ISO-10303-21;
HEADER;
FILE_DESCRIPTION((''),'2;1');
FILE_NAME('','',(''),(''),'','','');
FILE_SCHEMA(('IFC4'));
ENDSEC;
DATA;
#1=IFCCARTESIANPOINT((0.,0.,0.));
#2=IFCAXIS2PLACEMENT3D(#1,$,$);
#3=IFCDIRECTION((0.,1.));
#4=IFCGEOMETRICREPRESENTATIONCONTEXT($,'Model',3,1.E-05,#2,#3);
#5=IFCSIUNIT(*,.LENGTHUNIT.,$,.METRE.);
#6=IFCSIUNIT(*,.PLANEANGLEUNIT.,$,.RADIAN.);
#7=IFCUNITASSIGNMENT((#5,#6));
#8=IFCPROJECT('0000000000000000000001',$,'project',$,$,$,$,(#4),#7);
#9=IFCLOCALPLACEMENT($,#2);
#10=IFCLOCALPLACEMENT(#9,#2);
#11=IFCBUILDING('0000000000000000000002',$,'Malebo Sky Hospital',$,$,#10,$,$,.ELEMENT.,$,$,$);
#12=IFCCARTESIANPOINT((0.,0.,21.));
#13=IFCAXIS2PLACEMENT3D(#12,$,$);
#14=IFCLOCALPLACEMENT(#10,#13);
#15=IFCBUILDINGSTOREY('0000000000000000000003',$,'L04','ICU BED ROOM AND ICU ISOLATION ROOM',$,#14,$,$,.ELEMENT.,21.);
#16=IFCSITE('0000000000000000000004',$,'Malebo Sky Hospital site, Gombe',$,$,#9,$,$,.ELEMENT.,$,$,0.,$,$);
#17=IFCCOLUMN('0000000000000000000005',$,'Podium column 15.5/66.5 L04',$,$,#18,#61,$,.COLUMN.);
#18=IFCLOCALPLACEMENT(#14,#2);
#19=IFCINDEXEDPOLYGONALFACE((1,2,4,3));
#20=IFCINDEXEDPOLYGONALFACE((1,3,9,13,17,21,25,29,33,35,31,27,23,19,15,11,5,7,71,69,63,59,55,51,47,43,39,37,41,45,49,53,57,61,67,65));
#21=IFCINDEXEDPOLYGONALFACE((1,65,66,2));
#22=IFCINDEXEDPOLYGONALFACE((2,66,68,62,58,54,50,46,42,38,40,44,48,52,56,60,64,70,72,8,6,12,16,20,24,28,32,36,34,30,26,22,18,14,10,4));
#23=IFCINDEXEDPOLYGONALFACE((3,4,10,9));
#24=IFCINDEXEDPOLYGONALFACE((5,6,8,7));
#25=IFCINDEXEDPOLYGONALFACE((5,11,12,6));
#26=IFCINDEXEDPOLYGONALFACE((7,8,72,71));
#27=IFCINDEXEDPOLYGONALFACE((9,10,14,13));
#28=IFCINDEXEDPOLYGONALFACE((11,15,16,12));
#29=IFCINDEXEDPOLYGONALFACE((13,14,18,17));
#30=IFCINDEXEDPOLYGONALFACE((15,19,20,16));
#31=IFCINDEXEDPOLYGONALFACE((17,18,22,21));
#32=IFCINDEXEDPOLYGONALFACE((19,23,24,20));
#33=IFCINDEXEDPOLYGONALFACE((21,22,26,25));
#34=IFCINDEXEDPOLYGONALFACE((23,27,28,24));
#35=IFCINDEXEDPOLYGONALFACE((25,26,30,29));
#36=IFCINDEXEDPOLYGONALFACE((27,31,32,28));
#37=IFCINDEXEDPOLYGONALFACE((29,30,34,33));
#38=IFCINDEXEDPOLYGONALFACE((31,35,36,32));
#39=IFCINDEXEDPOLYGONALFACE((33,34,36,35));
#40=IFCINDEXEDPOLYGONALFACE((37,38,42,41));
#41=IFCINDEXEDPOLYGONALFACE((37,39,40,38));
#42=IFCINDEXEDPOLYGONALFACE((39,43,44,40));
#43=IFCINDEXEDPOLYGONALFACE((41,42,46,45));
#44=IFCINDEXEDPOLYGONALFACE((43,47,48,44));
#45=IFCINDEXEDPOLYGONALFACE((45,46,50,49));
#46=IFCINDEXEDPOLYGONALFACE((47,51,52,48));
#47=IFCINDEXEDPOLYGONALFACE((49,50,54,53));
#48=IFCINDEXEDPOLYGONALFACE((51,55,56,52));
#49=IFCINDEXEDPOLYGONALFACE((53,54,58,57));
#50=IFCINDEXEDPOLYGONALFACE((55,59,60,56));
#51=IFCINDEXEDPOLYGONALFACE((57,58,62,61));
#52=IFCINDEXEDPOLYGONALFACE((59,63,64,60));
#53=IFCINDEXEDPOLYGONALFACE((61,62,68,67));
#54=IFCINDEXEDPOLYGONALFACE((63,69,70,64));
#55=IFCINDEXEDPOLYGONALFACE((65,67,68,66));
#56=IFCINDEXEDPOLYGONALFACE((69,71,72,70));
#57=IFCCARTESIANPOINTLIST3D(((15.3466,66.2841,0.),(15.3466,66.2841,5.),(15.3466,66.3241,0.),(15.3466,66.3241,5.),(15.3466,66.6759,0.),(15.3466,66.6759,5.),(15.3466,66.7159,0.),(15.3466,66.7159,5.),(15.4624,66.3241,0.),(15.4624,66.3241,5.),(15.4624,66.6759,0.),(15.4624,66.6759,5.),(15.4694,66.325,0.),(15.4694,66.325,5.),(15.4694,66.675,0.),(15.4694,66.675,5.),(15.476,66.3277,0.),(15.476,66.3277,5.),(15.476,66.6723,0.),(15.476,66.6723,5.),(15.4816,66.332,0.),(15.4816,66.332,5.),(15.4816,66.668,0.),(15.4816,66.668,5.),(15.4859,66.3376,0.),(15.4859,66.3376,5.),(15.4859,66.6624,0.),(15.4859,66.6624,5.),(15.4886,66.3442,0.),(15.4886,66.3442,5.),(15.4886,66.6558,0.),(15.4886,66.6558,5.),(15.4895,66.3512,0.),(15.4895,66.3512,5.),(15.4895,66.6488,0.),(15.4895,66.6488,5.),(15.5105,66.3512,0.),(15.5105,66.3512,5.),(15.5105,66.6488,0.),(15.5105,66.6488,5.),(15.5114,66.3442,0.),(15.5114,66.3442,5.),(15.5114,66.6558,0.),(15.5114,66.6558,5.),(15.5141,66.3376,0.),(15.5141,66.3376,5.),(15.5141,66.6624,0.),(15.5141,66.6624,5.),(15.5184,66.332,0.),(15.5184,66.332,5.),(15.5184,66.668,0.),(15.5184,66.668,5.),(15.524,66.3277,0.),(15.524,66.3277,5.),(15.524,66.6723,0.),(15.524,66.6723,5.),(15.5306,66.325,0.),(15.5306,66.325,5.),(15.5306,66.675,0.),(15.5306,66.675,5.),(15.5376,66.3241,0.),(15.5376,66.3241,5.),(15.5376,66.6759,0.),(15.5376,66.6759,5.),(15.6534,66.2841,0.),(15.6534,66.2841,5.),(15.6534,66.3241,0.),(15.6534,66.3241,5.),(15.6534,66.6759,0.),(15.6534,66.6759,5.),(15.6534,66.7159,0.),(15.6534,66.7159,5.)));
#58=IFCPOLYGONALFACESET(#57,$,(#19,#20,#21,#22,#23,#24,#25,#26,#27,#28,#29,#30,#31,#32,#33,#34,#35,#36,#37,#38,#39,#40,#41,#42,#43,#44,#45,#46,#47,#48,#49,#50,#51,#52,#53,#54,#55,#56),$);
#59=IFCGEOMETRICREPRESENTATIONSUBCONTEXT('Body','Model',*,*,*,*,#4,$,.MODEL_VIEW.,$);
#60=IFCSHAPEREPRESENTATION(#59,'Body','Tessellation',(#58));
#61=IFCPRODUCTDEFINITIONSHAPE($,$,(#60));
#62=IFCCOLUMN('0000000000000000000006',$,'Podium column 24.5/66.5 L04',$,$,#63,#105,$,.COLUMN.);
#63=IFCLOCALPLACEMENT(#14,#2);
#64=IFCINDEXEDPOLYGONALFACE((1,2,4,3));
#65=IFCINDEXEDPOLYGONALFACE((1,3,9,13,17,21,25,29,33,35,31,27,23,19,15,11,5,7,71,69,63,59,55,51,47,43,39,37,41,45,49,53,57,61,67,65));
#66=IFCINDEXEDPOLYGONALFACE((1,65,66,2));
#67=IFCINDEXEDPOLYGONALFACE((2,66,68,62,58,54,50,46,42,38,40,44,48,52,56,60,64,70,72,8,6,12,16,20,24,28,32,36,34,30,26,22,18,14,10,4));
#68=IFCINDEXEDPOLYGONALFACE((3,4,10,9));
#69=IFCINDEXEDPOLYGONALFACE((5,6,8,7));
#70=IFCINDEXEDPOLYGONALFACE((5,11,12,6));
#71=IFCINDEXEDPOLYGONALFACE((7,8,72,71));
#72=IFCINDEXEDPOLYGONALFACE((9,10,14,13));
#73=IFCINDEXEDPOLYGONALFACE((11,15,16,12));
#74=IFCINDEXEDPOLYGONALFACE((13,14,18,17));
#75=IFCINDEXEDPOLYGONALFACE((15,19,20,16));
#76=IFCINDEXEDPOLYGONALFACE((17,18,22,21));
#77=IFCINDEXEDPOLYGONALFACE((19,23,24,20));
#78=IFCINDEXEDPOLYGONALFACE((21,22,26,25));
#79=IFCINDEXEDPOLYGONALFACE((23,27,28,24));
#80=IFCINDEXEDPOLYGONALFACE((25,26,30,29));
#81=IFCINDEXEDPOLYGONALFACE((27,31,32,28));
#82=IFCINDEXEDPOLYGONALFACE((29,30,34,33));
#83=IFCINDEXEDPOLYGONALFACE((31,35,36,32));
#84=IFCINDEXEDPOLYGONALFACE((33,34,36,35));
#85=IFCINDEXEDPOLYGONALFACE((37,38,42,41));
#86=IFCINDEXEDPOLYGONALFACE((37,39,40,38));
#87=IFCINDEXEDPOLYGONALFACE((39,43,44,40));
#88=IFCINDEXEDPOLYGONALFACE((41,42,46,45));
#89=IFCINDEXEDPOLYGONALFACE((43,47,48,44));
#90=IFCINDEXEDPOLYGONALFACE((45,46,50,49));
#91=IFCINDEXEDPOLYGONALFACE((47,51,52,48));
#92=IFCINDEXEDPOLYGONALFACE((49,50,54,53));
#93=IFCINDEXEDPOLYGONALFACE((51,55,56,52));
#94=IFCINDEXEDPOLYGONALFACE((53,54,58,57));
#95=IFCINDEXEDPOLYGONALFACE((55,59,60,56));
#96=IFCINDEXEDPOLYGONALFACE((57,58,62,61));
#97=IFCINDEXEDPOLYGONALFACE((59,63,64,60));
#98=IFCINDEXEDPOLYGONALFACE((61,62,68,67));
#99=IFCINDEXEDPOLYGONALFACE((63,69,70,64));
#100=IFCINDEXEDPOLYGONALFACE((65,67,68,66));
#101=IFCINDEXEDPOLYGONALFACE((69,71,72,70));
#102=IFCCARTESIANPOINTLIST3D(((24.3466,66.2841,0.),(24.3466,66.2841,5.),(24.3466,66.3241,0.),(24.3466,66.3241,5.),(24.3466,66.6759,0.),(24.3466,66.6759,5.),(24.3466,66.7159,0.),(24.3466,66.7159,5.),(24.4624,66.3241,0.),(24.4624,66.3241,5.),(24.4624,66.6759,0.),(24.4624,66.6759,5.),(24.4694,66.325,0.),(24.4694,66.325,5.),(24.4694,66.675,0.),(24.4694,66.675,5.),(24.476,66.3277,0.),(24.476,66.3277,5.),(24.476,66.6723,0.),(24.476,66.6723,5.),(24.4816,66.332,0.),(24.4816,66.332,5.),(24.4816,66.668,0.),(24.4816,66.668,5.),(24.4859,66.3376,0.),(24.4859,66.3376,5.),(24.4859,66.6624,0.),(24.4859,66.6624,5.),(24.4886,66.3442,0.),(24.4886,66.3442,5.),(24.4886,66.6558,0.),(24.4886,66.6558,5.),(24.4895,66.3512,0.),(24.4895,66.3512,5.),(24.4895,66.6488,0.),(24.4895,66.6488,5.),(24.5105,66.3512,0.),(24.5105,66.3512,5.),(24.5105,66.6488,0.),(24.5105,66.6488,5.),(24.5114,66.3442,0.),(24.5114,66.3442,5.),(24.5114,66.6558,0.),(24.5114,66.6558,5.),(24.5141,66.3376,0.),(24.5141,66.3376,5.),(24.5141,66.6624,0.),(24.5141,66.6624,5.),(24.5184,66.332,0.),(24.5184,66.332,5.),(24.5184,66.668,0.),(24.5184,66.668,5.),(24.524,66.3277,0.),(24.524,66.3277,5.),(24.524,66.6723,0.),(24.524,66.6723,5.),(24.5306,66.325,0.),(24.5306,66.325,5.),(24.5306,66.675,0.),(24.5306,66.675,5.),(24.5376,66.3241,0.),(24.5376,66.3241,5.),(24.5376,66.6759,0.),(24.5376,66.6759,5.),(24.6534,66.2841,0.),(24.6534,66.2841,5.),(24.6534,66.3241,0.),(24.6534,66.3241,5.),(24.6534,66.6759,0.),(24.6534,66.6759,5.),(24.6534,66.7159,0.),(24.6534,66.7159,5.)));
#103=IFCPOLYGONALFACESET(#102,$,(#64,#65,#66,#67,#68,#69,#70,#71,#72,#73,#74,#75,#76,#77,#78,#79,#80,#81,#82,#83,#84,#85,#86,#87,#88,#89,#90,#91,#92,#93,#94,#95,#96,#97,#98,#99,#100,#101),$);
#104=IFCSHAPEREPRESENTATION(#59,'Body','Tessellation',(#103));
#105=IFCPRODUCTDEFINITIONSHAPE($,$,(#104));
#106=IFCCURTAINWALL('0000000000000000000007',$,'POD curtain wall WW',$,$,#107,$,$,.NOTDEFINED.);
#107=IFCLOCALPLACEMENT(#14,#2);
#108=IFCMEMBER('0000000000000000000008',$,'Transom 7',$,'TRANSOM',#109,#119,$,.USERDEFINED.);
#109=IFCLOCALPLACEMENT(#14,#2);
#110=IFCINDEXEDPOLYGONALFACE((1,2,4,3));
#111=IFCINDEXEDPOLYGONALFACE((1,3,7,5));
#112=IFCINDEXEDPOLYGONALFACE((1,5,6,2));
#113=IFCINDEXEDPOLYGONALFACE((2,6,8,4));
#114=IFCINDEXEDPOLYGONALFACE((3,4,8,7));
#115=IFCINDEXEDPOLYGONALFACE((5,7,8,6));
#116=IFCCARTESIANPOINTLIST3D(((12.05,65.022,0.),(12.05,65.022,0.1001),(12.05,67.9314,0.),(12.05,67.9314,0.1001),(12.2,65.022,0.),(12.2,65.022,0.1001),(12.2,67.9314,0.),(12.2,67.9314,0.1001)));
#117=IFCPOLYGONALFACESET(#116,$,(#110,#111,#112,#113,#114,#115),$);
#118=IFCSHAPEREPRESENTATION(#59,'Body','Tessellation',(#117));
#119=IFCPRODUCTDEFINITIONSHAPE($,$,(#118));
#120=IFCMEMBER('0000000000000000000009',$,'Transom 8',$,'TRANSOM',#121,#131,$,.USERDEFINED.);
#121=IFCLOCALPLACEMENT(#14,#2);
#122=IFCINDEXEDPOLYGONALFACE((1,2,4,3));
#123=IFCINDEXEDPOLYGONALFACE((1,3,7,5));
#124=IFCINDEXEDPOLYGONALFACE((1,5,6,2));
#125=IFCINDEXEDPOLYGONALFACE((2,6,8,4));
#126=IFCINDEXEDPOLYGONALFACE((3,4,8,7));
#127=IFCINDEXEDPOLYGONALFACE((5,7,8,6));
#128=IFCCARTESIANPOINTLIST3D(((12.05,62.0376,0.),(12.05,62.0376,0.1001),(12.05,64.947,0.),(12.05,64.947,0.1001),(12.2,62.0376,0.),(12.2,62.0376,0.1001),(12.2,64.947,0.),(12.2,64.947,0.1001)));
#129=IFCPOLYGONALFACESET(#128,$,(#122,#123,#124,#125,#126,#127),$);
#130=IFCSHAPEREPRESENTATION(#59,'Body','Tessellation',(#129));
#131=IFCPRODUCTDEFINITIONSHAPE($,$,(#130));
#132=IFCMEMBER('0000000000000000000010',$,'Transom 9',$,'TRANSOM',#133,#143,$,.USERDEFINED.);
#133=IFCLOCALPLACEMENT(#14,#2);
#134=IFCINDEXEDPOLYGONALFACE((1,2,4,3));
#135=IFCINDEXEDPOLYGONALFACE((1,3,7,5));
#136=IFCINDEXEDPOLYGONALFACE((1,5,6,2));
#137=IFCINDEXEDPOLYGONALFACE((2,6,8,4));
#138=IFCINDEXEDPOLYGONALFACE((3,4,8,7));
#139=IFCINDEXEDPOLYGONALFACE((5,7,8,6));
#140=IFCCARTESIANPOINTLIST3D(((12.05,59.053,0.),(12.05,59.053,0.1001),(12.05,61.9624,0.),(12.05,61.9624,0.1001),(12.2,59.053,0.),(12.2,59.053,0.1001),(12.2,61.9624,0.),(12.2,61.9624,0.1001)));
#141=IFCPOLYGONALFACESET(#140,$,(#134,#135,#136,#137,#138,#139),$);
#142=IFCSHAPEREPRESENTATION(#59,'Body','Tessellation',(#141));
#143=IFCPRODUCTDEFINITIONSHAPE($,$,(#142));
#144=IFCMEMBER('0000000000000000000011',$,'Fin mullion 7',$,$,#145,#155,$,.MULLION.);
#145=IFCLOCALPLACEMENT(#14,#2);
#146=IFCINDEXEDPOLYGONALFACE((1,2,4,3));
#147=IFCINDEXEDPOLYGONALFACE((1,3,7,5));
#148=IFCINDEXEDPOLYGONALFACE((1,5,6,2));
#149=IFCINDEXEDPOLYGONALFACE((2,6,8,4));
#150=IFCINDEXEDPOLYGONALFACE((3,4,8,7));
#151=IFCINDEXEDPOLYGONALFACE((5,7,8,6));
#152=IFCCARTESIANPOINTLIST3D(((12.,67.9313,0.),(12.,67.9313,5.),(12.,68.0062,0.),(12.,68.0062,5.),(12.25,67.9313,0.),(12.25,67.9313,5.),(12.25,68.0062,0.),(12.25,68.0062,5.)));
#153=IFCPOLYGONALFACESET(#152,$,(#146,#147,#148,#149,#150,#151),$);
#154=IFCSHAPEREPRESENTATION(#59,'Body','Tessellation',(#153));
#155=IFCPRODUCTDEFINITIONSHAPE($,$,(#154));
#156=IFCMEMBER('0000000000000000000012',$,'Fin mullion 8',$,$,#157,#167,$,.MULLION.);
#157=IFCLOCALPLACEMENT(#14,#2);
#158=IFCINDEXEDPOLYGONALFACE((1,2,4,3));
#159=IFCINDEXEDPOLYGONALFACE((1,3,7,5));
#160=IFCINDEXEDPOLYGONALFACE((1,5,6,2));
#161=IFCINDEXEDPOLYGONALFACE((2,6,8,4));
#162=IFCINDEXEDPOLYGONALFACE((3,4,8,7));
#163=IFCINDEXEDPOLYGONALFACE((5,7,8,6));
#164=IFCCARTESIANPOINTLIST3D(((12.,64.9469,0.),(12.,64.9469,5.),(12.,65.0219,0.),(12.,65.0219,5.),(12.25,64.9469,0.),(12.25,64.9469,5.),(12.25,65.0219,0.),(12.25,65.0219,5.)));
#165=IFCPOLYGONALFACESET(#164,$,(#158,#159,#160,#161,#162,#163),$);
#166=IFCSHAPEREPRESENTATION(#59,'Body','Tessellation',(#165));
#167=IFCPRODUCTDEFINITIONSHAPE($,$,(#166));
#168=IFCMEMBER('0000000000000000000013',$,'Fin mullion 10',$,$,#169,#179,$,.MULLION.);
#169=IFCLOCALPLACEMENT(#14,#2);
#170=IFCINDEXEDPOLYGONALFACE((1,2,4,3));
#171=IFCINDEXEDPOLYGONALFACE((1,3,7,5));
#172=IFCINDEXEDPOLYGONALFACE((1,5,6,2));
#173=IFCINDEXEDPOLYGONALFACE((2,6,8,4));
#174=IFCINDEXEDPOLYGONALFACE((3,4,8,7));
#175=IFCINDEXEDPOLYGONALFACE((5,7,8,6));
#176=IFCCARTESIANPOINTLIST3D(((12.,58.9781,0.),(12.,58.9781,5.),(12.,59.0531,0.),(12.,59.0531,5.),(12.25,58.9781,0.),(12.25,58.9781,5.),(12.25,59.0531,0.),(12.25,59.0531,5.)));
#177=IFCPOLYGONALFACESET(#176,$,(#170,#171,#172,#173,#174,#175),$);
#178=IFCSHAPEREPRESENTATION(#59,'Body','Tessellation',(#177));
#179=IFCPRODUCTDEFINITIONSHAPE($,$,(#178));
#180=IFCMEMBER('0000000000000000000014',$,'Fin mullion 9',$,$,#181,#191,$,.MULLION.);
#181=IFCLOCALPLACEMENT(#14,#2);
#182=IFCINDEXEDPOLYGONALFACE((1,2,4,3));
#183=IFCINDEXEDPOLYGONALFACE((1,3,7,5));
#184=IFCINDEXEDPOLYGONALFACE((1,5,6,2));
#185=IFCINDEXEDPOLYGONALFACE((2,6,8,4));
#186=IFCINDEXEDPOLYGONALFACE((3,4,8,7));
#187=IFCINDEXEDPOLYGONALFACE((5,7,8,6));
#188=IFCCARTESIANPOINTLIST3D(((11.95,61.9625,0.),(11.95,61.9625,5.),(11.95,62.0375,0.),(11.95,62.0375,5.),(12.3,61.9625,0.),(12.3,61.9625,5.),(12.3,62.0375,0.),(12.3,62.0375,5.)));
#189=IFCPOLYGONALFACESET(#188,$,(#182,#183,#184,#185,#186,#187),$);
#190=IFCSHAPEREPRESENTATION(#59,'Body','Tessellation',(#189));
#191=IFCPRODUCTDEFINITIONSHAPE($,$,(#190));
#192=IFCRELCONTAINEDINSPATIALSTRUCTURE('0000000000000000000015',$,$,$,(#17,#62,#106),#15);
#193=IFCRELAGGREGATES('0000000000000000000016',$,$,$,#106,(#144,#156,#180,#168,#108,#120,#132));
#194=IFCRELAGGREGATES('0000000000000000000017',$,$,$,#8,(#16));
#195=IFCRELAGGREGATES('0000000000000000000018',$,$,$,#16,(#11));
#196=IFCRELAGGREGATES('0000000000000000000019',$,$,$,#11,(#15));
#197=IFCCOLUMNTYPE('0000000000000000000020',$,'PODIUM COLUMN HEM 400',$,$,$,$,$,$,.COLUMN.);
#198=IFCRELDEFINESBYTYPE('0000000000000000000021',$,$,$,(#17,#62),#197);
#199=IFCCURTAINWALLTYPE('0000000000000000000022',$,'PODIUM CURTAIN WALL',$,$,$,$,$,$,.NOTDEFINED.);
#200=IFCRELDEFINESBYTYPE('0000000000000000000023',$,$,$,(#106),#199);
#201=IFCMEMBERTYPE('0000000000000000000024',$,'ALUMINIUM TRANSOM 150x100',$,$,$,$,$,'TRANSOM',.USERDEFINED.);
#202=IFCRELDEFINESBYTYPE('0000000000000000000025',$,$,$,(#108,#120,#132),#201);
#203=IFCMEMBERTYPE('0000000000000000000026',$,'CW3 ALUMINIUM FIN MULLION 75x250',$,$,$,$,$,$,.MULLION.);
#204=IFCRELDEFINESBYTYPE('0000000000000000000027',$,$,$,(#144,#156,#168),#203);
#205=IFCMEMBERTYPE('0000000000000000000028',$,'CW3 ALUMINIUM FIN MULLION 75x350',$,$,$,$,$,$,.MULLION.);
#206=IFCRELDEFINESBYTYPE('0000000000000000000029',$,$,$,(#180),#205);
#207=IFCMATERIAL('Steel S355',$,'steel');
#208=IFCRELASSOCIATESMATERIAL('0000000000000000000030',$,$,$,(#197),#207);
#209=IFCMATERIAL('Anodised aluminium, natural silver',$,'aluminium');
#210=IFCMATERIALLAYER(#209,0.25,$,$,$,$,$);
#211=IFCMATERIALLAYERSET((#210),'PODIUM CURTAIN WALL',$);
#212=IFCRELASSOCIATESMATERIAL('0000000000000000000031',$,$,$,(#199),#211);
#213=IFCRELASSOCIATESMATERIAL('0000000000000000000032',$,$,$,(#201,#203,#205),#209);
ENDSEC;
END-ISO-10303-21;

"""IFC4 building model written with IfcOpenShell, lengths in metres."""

from ifc_helpers import new_model, si_unit, direction, frame, origin, origin_2d, place, context, subcontext, project, spatial, rectangle, i_section, extrude, material, layer, layer_set, material_profile, profile_set, type_object, element, aggregate, save


model = new_model("IFC4")

# Units and contexts
model_context = context("Model", 3, precision=1e-05, world=origin(), true_north=direction((0.0, 1.0)))
body_context = subcontext(model_context, "Body", "Model", "MODEL_VIEW")
ifc_project = project(units=[si_unit("LENGTHUNIT", "METRE"), si_unit("PLANEANGLEUNIT", "RADIAN")], contexts=[model_context])

# Site, building, storey
site_placement = place(None, origin())
site = spatial("IfcSite", under=ifc_project, at=site_placement, Name="Malebo Sky Hospital site, Gombe", CompositionType="ELEMENT", RefElevation=0.0)
building_placement = place(site_placement, origin())
building = spatial("IfcBuilding", under=site, at=building_placement, Name="Malebo Sky Hospital", CompositionType="ELEMENT")
storey_placement = place(building_placement, frame((0.0, 0.0, 21.0)))
storey = spatial("IfcBuildingStorey", under=building, at=storey_placement, Name="L04", Description="ICU BED ROOM AND ICU ISOLATION ROOM", CompositionType="ELEMENT", Elevation=21.0)

# Columns
ifc_material_1 = material(Name="Steel S355", Category="steel")
ifc_material_profile_1 = material_profile(ifc_material_1, i_section(OverallWidth=0.3069, OverallDepth=0.4319, WebThickness=0.021, FlangeThickness=0.04, FilletRadius=0.0271, at=origin_2d()), Name="HEM 400")
ifc_profile_set_1 = profile_set([ifc_material_profile_1], Name="Steel S355")
column_type = type_object("IfcColumnType", Name="PODIUM COLUMN HEM 400", PredefinedType="COLUMN", material=ifc_profile_set_1)
for number, where, z_axis, x_axis, name in (
    (1, (15.5, 66.5, 0.0), (0.0, 0.0, 1.0), (1.0, 0.0, 0.0), "Podium column 15.5/66.5 L04"),
    (2, (24.5, 66.5, 0.0), (0.0, 0.0, 1.0), (1.0, 0.0, 0.0), "Podium column 24.5/66.5 L04"),
):
    element("IfcColumn", number, at=place(storey_placement, frame(where, z_axis=z_axis, x_axis=x_axis)), inside=storey, type_object=column_type, Name=name, PredefinedType="COLUMN", context=body_context, shape_type="SweptSolid", body=[
        extrude(i_section(OverallWidth=0.3069, OverallDepth=0.4319, WebThickness=0.021, FlangeThickness=0.04, FilletRadius=0.0271, at=origin_2d()), origin(), (0.0, 0.0, 1.0), 5.0),
    ])

# Curtain wall, members
ifc_material_2 = material(Name="Anodised aluminium, natural silver", Category="aluminium")
ifc_layer_1 = layer(ifc_material_2, 0.25)
ifc_layer_set_1 = layer_set([ifc_layer_1], Name="PODIUM CURTAIN WALL")
curtain_wall_type = type_object("IfcCurtainWallType", Name="PODIUM CURTAIN WALL", PredefinedType="NOTDEFINED", material=ifc_layer_set_1)
curtain_wall_placement = place(storey_placement, origin())
curtain_wall = element("IfcCurtainWall", 3, at=curtain_wall_placement, inside=storey, type_object=curtain_wall_type, Name="POD curtain wall WW", PredefinedType="NOTDEFINED")
ifc_material_profile_2 = material_profile(ifc_material_2, rectangle(XDim=0.1499, YDim=0.1001, at=origin_2d()), Name="ALUMINIUM TRANSOM 150x100")
ifc_profile_set_2 = profile_set([ifc_material_profile_2], Name="Anodised aluminium, natural silver")
member_type_1 = type_object("IfcMemberType", Name="ALUMINIUM TRANSOM 150x100", ElementType="TRANSOM", PredefinedType="USERDEFINED", material=ifc_profile_set_2)
member_1_placement = place(storey_placement, frame((12.125, 67.9314, 0.05), z_axis=(0.0, -1.0, 0.0), x_axis=(1.0, 0.0, 0.0)))
member_1 = element("IfcMember", 4, at=member_1_placement, type_object=member_type_1, Name="Transom 7", ObjectType="TRANSOM", PredefinedType="USERDEFINED", context=body_context, shape_type="SweptSolid", body=[
    extrude(rectangle(XDim=0.1499, YDim=0.1001, at=origin_2d()), origin(), (0.0, 0.0, 1.0), 2.9094),
])
member_2_placement = place(storey_placement, frame((12.125, 64.947, 0.05), z_axis=(0.0, -1.0, 0.0), x_axis=(1.0, 0.0, 0.0)))
member_2 = element("IfcMember", 5, at=member_2_placement, type_object=member_type_1, Name="Transom 8", ObjectType="TRANSOM", PredefinedType="USERDEFINED", context=body_context, shape_type="SweptSolid", body=[
    extrude(rectangle(XDim=0.1499, YDim=0.1001, at=origin_2d()), origin(), (0.0, 0.0, 1.0), 2.9094),
])
member_3_placement = place(storey_placement, frame((12.125, 61.9624, 0.05), z_axis=(0.0, -1.0, 0.0), x_axis=(1.0, 0.0, 0.0)))
member_3 = element("IfcMember", 6, at=member_3_placement, type_object=member_type_1, Name="Transom 9", ObjectType="TRANSOM", PredefinedType="USERDEFINED", context=body_context, shape_type="SweptSolid", body=[
    extrude(rectangle(XDim=0.1499, YDim=0.1001, at=origin_2d()), origin(), (0.0, 0.0, 1.0), 2.9094),
])
ifc_material_profile_3 = material_profile(ifc_material_2, rectangle(XDim=0.075, YDim=0.25, at=origin_2d()), Name="CW3 ALUMINIUM FIN MULLION 75x250")
ifc_profile_set_3 = profile_set([ifc_material_profile_3], Name="Anodised aluminium, natural silver")
member_type_2 = type_object("IfcMemberType", Name="CW3 ALUMINIUM FIN MULLION 75x250", PredefinedType="MULLION", material=ifc_profile_set_3)
member_4_placement = place(storey_placement, frame((12.125, 67.9688, 0.0), z_axis=(0.0, 0.0, 1.0), x_axis=(0.0, -1.0, 0.0)))
member_4 = element("IfcMember", 7, at=member_4_placement, type_object=member_type_2, Name="Fin mullion 7", PredefinedType="MULLION", context=body_context, shape_type="SweptSolid", body=[
    extrude(rectangle(XDim=0.075, YDim=0.25, at=origin_2d()), origin(), (0.0, 0.0, 1.0), 5.0),
])
member_5_placement = place(storey_placement, frame((12.125, 64.9844, 0.0), z_axis=(0.0, 0.0, 1.0), x_axis=(0.0, -1.0, 0.0)))
member_5 = element("IfcMember", 8, at=member_5_placement, type_object=member_type_2, Name="Fin mullion 8", PredefinedType="MULLION", context=body_context, shape_type="SweptSolid", body=[
    extrude(rectangle(XDim=0.075, YDim=0.25, at=origin_2d()), origin(), (0.0, 0.0, 1.0), 5.0),
])
member_6_placement = place(storey_placement, frame((12.125, 59.0156, 0.0), z_axis=(0.0, 0.0, 1.0), x_axis=(0.0, -1.0, 0.0)))
member_6 = element("IfcMember", 9, at=member_6_placement, type_object=member_type_2, Name="Fin mullion 10", PredefinedType="MULLION", context=body_context, shape_type="SweptSolid", body=[
    extrude(rectangle(XDim=0.075, YDim=0.25, at=origin_2d()), origin(), (0.0, 0.0, 1.0), 5.0),
])
ifc_material_profile_4 = material_profile(ifc_material_2, rectangle(XDim=0.075, YDim=0.3501, at=origin_2d()), Name="CW3 ALUMINIUM FIN MULLION 75x350")
ifc_profile_set_4 = profile_set([ifc_material_profile_4], Name="Anodised aluminium, natural silver")
member_type_3 = type_object("IfcMemberType", Name="CW3 ALUMINIUM FIN MULLION 75x350", PredefinedType="MULLION", material=ifc_profile_set_4)
member_7_placement = place(storey_placement, frame((12.125, 62.0, 0.0), z_axis=(0.0, 0.0, 1.0), x_axis=(0.0, -1.0, 0.0)))
member_7 = element("IfcMember", 10, at=member_7_placement, type_object=member_type_3, Name="Fin mullion 9", PredefinedType="MULLION", context=body_context, shape_type="SweptSolid", body=[
    extrude(rectangle(XDim=0.075, YDim=0.3501, at=origin_2d()), origin(), (0.0, 0.0, 1.0), 5.0),
])

aggregate(curtain_wall, [member_4, member_5, member_7, member_6, member_1, member_2, member_3])

save(model, "model.ifc")
